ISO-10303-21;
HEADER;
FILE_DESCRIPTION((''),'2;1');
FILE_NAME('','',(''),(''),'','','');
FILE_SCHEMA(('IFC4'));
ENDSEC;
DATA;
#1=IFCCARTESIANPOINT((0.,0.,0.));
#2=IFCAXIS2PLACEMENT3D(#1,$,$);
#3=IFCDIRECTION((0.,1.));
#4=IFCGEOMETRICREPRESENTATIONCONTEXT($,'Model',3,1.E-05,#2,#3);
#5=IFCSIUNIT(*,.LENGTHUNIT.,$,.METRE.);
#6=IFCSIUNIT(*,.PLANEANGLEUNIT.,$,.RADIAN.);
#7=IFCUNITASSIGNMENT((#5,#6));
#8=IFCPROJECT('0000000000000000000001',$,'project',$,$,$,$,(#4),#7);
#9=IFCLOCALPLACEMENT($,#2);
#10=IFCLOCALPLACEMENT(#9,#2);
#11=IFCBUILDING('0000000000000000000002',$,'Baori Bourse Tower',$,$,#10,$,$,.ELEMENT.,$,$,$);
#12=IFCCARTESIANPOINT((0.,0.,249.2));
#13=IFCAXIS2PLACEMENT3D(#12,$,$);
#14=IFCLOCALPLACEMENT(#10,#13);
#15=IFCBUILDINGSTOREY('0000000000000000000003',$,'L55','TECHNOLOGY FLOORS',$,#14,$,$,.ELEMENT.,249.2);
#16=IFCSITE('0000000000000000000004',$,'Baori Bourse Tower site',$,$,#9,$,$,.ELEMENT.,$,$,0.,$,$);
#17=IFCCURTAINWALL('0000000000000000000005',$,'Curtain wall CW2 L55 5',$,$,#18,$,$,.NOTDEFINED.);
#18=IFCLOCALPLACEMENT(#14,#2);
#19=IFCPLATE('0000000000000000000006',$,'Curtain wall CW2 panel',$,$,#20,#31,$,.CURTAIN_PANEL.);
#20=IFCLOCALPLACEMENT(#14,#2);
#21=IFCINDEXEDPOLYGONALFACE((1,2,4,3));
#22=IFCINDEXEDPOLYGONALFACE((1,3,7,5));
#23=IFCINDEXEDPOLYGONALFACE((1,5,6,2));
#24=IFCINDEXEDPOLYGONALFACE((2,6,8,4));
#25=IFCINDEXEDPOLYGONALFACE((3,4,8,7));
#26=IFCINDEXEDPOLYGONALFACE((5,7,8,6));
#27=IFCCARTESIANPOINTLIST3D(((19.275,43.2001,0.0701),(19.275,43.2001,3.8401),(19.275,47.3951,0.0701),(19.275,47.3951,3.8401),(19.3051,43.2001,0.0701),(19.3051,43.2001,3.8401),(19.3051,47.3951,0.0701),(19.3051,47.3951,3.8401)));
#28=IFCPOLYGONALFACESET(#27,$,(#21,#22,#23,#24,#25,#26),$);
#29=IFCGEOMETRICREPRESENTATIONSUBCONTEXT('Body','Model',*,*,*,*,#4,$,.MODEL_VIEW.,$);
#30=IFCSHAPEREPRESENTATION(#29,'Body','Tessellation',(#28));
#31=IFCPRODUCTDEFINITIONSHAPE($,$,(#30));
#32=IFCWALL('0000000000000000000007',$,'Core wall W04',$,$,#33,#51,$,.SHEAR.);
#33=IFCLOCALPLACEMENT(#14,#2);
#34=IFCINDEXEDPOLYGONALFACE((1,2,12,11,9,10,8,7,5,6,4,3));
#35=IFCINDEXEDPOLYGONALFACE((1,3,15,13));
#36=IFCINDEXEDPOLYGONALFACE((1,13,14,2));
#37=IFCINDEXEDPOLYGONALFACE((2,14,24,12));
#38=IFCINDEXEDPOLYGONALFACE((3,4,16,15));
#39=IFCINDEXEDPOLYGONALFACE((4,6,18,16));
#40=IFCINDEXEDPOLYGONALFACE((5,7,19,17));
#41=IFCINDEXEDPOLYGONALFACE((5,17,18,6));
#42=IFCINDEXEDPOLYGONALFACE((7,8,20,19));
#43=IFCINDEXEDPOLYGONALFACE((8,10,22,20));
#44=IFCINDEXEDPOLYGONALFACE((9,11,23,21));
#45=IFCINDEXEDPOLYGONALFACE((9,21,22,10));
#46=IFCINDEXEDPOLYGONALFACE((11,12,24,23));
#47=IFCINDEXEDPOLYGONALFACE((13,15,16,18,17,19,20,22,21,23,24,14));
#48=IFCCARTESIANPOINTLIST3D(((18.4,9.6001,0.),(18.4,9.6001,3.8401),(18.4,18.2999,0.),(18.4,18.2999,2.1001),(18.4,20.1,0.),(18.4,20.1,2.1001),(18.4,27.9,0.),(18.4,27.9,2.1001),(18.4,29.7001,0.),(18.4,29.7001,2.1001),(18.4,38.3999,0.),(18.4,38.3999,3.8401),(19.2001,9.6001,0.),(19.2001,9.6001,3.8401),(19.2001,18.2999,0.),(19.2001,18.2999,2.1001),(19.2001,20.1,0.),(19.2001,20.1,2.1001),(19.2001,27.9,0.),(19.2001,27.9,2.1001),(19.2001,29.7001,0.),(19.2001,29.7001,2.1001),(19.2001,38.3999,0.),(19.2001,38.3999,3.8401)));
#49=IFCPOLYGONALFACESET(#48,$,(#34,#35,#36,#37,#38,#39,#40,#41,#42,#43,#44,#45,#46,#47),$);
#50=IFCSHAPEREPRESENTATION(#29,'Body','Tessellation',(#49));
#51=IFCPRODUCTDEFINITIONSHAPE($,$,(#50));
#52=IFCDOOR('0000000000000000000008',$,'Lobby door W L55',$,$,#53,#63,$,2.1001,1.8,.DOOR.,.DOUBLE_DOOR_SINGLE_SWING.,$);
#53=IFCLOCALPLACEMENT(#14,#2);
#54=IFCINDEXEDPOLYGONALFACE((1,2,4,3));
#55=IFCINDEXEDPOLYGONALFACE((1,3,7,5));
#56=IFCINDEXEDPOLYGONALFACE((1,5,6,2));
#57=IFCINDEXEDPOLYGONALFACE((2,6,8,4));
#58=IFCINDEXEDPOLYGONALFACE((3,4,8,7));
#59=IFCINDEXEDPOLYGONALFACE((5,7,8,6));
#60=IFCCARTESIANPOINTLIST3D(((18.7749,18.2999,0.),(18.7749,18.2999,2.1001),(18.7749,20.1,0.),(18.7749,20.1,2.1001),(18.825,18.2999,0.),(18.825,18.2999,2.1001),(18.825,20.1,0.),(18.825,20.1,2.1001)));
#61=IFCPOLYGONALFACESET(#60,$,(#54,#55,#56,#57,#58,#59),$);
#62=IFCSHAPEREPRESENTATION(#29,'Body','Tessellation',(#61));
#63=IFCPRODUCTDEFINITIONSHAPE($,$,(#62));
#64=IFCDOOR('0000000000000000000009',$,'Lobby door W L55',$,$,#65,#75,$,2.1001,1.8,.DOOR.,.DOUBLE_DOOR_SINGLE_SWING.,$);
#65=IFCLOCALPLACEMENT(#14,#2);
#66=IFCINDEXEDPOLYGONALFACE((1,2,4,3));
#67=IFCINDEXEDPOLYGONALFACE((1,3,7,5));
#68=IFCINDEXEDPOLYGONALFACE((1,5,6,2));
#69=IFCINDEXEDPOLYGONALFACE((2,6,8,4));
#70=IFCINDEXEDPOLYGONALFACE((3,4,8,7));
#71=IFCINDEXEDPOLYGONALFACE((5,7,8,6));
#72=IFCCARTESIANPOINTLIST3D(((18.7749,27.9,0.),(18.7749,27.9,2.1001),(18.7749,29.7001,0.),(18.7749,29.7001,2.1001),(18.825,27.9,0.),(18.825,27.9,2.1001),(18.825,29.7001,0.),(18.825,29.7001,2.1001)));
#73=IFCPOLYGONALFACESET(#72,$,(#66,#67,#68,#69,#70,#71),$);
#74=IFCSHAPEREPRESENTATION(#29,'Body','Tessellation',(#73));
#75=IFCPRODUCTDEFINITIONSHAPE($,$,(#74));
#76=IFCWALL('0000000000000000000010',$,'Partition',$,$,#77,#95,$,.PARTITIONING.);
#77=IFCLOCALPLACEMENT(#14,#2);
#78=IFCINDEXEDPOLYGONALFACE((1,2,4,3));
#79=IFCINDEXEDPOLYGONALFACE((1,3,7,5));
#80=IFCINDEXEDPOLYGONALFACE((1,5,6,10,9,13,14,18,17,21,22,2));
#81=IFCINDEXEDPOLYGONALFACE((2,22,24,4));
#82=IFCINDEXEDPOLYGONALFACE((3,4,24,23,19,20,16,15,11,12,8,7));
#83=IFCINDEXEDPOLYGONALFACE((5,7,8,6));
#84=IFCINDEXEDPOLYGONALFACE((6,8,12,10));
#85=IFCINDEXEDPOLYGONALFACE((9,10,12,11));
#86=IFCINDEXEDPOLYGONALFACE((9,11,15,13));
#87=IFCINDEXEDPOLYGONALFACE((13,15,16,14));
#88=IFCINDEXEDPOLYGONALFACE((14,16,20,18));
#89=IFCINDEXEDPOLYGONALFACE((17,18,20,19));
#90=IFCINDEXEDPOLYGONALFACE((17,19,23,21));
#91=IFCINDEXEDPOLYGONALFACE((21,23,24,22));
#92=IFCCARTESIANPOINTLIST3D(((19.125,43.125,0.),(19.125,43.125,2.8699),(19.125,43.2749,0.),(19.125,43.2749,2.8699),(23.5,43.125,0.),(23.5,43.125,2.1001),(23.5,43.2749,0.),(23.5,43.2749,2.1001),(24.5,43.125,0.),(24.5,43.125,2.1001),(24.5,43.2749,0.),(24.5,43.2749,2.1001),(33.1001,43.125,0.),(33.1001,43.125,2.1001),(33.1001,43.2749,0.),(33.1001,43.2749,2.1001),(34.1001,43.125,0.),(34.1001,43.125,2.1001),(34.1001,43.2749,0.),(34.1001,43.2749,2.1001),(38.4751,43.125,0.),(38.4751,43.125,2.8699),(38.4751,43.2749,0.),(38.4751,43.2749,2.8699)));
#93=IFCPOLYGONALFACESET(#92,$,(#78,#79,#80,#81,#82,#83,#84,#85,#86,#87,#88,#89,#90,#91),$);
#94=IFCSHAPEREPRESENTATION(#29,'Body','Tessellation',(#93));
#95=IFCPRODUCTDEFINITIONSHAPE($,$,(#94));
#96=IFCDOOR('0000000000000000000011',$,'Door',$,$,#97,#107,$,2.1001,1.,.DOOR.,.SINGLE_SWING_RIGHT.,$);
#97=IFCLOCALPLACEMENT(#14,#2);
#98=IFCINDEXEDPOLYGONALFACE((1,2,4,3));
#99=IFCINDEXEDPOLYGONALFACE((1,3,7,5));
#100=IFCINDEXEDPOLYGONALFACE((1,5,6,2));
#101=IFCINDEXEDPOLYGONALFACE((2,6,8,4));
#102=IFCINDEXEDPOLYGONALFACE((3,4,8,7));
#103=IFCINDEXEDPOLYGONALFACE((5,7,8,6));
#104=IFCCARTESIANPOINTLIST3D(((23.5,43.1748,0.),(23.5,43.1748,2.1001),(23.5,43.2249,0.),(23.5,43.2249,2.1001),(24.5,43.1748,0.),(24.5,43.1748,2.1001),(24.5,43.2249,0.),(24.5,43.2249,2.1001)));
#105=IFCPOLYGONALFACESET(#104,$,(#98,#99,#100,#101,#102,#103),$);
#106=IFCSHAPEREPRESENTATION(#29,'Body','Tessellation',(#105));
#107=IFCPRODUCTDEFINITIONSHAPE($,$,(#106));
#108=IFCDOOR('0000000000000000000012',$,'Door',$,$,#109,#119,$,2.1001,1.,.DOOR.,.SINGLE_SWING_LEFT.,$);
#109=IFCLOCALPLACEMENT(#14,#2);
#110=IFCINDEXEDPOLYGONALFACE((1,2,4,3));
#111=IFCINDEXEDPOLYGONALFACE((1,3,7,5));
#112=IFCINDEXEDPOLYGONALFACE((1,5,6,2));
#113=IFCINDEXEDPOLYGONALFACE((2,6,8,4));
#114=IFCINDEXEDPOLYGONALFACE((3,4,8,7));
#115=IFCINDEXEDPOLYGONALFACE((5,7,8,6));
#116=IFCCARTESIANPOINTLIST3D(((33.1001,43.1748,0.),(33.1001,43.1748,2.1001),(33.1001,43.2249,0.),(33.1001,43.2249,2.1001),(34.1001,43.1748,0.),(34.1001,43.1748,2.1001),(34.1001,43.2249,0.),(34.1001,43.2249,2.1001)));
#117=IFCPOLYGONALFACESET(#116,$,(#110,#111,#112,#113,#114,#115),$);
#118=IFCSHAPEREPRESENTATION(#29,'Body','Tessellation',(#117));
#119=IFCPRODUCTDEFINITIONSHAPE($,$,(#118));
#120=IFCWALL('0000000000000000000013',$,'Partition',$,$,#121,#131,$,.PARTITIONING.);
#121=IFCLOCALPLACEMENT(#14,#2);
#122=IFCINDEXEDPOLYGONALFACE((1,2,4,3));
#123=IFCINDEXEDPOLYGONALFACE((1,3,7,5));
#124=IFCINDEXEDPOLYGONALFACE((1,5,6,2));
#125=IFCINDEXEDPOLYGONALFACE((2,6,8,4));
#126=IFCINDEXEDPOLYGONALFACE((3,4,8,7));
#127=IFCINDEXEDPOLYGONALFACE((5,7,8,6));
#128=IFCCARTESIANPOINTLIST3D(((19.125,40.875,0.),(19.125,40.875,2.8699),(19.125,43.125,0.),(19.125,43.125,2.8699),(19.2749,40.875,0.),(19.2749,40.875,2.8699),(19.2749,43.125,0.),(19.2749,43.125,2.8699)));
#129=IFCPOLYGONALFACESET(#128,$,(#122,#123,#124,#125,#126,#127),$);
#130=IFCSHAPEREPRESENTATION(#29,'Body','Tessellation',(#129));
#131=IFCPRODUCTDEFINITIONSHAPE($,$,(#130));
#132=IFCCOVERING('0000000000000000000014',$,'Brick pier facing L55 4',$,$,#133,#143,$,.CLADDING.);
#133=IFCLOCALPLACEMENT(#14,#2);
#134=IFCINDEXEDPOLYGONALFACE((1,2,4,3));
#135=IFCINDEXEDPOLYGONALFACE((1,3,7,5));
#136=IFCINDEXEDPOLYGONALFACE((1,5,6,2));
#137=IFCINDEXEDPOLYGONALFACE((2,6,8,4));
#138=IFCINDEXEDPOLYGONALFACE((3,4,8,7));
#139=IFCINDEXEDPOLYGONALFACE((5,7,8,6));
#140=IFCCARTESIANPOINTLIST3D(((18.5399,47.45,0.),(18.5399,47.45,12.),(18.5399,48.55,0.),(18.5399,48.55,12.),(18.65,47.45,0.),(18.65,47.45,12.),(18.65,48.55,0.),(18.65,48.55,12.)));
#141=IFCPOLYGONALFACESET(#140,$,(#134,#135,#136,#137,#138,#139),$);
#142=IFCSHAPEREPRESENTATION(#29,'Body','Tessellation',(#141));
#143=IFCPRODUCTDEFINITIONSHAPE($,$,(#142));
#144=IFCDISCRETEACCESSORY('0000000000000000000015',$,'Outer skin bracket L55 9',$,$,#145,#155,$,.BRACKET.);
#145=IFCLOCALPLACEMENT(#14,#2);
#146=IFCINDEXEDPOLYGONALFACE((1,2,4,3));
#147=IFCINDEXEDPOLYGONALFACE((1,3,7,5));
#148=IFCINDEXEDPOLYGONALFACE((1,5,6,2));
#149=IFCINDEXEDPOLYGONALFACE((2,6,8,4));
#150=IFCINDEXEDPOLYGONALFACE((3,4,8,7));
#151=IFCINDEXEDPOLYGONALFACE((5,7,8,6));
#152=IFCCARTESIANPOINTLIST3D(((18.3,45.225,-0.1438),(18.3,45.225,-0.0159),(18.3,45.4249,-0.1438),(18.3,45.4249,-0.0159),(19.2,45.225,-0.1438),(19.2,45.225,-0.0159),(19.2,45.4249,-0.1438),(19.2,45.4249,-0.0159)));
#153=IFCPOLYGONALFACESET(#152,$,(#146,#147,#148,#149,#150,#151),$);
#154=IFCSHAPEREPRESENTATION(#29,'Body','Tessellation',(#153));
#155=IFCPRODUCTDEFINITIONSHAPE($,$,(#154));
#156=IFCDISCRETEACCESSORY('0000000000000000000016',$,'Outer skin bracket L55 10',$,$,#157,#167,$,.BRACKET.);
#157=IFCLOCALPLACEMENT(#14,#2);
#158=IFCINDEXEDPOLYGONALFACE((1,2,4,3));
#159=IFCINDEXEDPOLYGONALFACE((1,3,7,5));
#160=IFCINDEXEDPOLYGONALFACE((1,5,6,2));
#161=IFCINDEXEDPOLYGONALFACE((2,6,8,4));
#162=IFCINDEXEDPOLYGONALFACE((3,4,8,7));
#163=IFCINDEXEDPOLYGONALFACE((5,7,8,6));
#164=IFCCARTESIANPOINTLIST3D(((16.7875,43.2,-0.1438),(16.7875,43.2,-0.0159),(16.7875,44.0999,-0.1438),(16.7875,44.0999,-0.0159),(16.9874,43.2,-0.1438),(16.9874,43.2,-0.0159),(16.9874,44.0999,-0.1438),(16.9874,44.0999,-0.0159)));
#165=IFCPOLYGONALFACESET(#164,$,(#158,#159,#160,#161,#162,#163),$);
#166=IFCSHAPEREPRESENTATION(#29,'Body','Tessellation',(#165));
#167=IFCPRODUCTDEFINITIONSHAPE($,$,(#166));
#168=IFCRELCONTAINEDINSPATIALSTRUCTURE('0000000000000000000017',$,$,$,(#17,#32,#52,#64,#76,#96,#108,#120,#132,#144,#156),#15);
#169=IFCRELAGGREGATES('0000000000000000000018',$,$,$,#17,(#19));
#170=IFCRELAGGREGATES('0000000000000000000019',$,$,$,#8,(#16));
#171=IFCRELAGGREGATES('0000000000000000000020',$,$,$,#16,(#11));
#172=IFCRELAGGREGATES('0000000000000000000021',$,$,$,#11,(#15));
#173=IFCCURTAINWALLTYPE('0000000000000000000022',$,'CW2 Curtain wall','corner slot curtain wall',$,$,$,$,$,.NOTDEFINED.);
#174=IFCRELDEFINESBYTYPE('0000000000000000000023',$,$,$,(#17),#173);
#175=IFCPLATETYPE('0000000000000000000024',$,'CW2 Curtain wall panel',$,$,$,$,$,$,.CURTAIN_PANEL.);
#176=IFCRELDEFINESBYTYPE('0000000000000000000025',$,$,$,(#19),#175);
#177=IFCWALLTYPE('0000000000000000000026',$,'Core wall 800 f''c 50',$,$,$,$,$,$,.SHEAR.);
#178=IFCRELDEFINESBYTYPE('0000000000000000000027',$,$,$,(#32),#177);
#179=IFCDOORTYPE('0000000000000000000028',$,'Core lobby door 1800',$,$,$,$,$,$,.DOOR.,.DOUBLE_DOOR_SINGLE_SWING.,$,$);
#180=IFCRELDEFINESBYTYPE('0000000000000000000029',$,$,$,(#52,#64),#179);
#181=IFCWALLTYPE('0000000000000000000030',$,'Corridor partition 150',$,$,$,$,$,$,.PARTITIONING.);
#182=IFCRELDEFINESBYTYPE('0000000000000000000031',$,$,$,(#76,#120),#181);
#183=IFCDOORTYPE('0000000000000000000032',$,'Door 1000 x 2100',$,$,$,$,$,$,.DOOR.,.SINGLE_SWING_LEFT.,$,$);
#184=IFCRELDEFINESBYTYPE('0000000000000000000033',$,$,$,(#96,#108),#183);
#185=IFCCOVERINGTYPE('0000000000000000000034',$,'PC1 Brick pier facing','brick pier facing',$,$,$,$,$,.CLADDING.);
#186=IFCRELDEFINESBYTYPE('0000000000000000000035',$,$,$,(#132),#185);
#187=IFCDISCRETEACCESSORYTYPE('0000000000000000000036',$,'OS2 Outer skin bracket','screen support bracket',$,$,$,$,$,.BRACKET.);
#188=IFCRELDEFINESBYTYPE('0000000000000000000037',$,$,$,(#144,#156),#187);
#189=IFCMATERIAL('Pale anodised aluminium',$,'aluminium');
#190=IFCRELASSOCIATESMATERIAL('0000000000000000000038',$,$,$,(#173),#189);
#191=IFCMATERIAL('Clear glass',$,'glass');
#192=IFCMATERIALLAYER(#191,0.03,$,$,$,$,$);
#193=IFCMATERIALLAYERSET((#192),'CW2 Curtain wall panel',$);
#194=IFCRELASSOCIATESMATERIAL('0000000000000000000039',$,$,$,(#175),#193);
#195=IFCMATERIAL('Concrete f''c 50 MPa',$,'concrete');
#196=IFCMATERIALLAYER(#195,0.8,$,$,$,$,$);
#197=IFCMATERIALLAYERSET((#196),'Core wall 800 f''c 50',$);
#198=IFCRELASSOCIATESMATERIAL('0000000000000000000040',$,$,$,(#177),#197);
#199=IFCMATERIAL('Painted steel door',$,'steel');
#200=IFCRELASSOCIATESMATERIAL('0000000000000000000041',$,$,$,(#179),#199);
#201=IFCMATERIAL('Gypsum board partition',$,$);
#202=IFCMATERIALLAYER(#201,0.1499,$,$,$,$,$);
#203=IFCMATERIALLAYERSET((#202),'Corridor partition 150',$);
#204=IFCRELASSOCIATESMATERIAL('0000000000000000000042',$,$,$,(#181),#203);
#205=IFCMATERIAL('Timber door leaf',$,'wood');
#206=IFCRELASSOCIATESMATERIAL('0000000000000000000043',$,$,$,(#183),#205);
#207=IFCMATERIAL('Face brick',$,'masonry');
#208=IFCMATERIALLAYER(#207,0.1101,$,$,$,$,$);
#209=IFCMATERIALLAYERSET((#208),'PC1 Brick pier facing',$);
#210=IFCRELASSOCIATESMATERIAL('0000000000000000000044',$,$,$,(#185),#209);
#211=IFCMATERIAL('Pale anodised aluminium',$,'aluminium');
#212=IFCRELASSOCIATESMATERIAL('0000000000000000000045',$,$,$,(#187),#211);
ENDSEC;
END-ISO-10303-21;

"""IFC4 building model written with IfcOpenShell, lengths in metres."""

from ifc_helpers import new_model, si_unit, direction, frame, frame_2d, origin, origin_2d, place, context, subcontext, project, spatial, rectangle, extrude, material, layer, layer_set, type_object, element, fill, aggregate, save


model = new_model("IFC4")

# Units and contexts
model_context = context("Model", 3, precision=1e-05, world=origin(), true_north=direction((0.0, 1.0)))
body_context = subcontext(model_context, "Body", "Model", "MODEL_VIEW")
ifc_project = project(units=[si_unit("LENGTHUNIT", "METRE"), si_unit("PLANEANGLEUNIT", "RADIAN")], contexts=[model_context])

# Site, building, storey
site_placement = place(None, origin())
site = spatial("IfcSite", under=ifc_project, at=site_placement, Name="Baori Bourse Tower site", CompositionType="ELEMENT", RefElevation=0.0)
building_placement = place(site_placement, origin())
building = spatial("IfcBuilding", under=site, at=building_placement, Name="Baori Bourse Tower", CompositionType="ELEMENT")
storey_placement = place(building_placement, frame((0.0, 0.0, 249.2)))
storey = spatial("IfcBuildingStorey", under=building, at=storey_placement, Name="L55", Description="TECHNOLOGY FLOORS", CompositionType="ELEMENT", Elevation=249.2)

# Curtain wall
ifc_material_1 = material(Name="Pale anodised aluminium", Category="aluminium")
curtain_wall_type = type_object("IfcCurtainWallType", Name="CW2 Curtain wall", Description="corner slot curtain wall", PredefinedType="NOTDEFINED", material=ifc_material_1)
curtain_wall_1_placement = place(storey_placement, origin())
curtain_wall_1 = element("IfcCurtainWall", 1, at=curtain_wall_1_placement, inside=storey, type_object=curtain_wall_type, Name="Curtain wall CW2 L55 5", PredefinedType="NOTDEFINED")

# Plate
ifc_material_2 = material(Name="Clear glass", Category="glass")
ifc_layer_1 = layer(ifc_material_2, 0.03)
ifc_layer_set_1 = layer_set([ifc_layer_1], Name="CW2 Curtain wall panel")
plate_type = type_object("IfcPlateType", Name="CW2 Curtain wall panel", PredefinedType="CURTAIN_PANEL", material=ifc_layer_set_1)
plate_placement = place(storey_placement, frame((19.29, 45.2976, 0.0701), z_axis=(0.0, 0.0, 1.0), x_axis=(0.0, -1.0, 0.0)))
plate = element("IfcPlate", 2, at=plate_placement, type_object=plate_type, Name="Curtain wall CW2 panel", PredefinedType="CURTAIN_PANEL", context=body_context, shape_type="SweptSolid", body=[
    extrude(rectangle(XDim=4.1951, YDim=0.03, at=origin_2d()), origin(), (0.0, 0.0, 1.0), 3.77),
])
aggregate(curtain_wall_1, [plate])

# Walls, openings, doors
ifc_material_3 = material(Name="Concrete f'c 50 MPa", Category="concrete")
ifc_layer_2 = layer(ifc_material_3, 0.8)
ifc_layer_set_2 = layer_set([ifc_layer_2], Name="Core wall 800 f'c 50")
wall_type_1 = type_object("IfcWallType", Name="Core wall 800 f'c 50", PredefinedType="SHEAR", material=ifc_layer_set_2)
wall_1_placement = place(storey_placement, frame((18.8, 38.3999, 0.0), z_axis=(0.0, 0.0, 1.0), x_axis=(0.0, -1.0, 0.0)))
wall_1 = element("IfcWall", 3, at=wall_1_placement, inside=storey, type_object=wall_type_1, Name="Core wall W04", PredefinedType="SHEAR", context=body_context, shape_type="SweptSolid", body=[
    extrude(rectangle(XDim=28.7998, YDim=0.8, at=frame_2d((14.3999, 0.0))), origin(), (0.0, 0.0, 1.0), 3.8401),
])
opening_1_placement = place(wall_1_placement, frame((18.3, 0.0, 0.0)))
opening_1 = element("IfcOpeningElement", 4, at=opening_1_placement, cuts=wall_1, PredefinedType="OPENING", context=body_context, shape_type="SweptSolid", body=[
    extrude(rectangle(XDim=1.8, YDim=2.1001, at=frame_2d((0.8999, 1.05))), frame((0.0, 0.4099, 0.0), z_axis=(0.0, -1.0, 0.0), x_axis=(1.0, 0.0, 0.0)), (0.0, 0.0, 1.0), 0.8201),
])
opening_2_placement = place(wall_1_placement, frame((8.7, 0.0, 0.0)))
opening_2 = element("IfcOpeningElement", 5, at=opening_2_placement, cuts=wall_1, PredefinedType="OPENING", context=body_context, shape_type="SweptSolid", body=[
    extrude(rectangle(XDim=1.8, YDim=2.1001, at=frame_2d((0.8999, 1.05))), frame((0.0, 0.4099, 0.0), z_axis=(0.0, -1.0, 0.0), x_axis=(1.0, 0.0, 0.0)), (0.0, 0.0, 1.0), 0.8201),
])
ifc_material_4 = material(Name="Painted steel door", Category="steel")
door_type_1 = type_object("IfcDoorType", Name="Core lobby door 1800", OperationType="DOUBLE_DOOR_SINGLE_SWING", PredefinedType="DOOR", material=ifc_material_4)
door_1_placement = place(opening_1_placement, origin())
door_1 = element("IfcDoor", 6, at=door_1_placement, inside=storey, type_object=door_type_1, Name="Lobby door W L55", OperationType="DOUBLE_DOOR_SINGLE_SWING", OverallHeight=2.1001, OverallWidth=1.8, PredefinedType="DOOR", context=body_context, shape_type="SweptSolid", body=[
    extrude(rectangle(XDim=1.8, YDim=2.1001, at=frame_2d((0.8999, 1.05))), frame((0.0, 0.0249, 0.0), z_axis=(0.0, -1.0, 0.0), x_axis=(1.0, 0.0, 0.0)), (0.0, 0.0, 1.0), 0.05),
])
fill(opening_1, door_1)
door_2_placement = place(opening_2_placement, origin())
door_2 = element("IfcDoor", 7, at=door_2_placement, inside=storey, type_object=door_type_1, Name="Lobby door W L55", OperationType="DOUBLE_DOOR_SINGLE_SWING", OverallHeight=2.1001, OverallWidth=1.8, PredefinedType="DOOR", context=body_context, shape_type="SweptSolid", body=[
    extrude(rectangle(XDim=1.8, YDim=2.1001, at=frame_2d((0.8999, 1.05))), frame((0.0, 0.0249, 0.0), z_axis=(0.0, -1.0, 0.0), x_axis=(1.0, 0.0, 0.0)), (0.0, 0.0, 1.0), 0.05),
])
fill(opening_2, door_2)
ifc_material_5 = material(Name="Gypsum board partition")
ifc_layer_3 = layer(ifc_material_5, 0.1499)
ifc_layer_set_3 = layer_set([ifc_layer_3], Name="Corridor partition 150")
wall_type_2 = type_object("IfcWallType", Name="Corridor partition 150", PredefinedType="PARTITIONING", material=ifc_layer_set_3)
wall_2_placement = place(storey_placement, frame((19.125, 43.2, 0.0), z_axis=(0.0, 0.0, 1.0), x_axis=(1.0, 0.0, 0.0)))
wall_2 = element("IfcWall", 8, at=wall_2_placement, inside=storey, type_object=wall_type_2, Name="Partition", PredefinedType="PARTITIONING", context=body_context, shape_type="SweptSolid", body=[
    extrude(rectangle(XDim=19.3501, YDim=0.1499, at=frame_2d((9.675, 0.0))), origin(), (0.0, 0.0, 1.0), 2.8699),
])
opening_3_placement = place(wall_2_placement, frame((4.375, 0.0, 0.0)))
opening_3 = element("IfcOpeningElement", 9, at=opening_3_placement, cuts=wall_2, PredefinedType="OPENING", context=body_context, shape_type="SweptSolid", body=[
    extrude(rectangle(XDim=1.0, YDim=2.1001, at=frame_2d((0.5, 1.05))), frame((0.0, 0.085, 0.0), z_axis=(0.0, -1.0, 0.0), x_axis=(1.0, 0.0, 0.0)), (0.0, 0.0, 1.0), 0.1699),
])
opening_4_placement = place(wall_2_placement, frame((13.9751, 0.0, 0.0)))
opening_4 = element("IfcOpeningElement", 10, at=opening_4_placement, cuts=wall_2, PredefinedType="OPENING", context=body_context, shape_type="SweptSolid", body=[
    extrude(rectangle(XDim=1.0, YDim=2.1001, at=frame_2d((0.5, 1.05))), frame((0.0, 0.085, 0.0), z_axis=(0.0, -1.0, 0.0), x_axis=(1.0, 0.0, 0.0)), (0.0, 0.0, 1.0), 0.1699),
])
ifc_material_6 = material(Name="Timber door leaf", Category="wood")
door_type_2 = type_object("IfcDoorType", Name="Door 1000 x 2100", OperationType="SINGLE_SWING_LEFT", PredefinedType="DOOR", material=ifc_material_6)
door_3_placement = place(opening_3_placement, origin())
door_3 = element("IfcDoor", 11, at=door_3_placement, inside=storey, type_object=door_type_2, Name="Door", OperationType="SINGLE_SWING_RIGHT", OverallHeight=2.1001, OverallWidth=1.0, PredefinedType="DOOR", context=body_context, shape_type="SweptSolid", body=[
    extrude(rectangle(XDim=1.0, YDim=2.1001, at=frame_2d((0.5, 1.05))), frame((0.0, 0.0249, 0.0), z_axis=(0.0, -1.0, 0.0), x_axis=(1.0, 0.0, 0.0)), (0.0, 0.0, 1.0), 0.05),
])
fill(opening_3, door_3)
door_4_placement = place(opening_4_placement, origin())
door_4 = element("IfcDoor", 12, at=door_4_placement, inside=storey, type_object=door_type_2, Name="Door", OperationType="SINGLE_SWING_LEFT", OverallHeight=2.1001, OverallWidth=1.0, PredefinedType="DOOR", context=body_context, shape_type="SweptSolid", body=[
    extrude(rectangle(XDim=1.0, YDim=2.1001, at=frame_2d((0.5, 1.05))), frame((0.0, 0.0249, 0.0), z_axis=(0.0, -1.0, 0.0), x_axis=(1.0, 0.0, 0.0)), (0.0, 0.0, 1.0), 0.05),
])
fill(opening_4, door_4)

# Wall
wall_3_placement = place(storey_placement, frame((19.2, 40.875, 0.0), z_axis=(0.0, 0.0, 1.0), x_axis=(0.0, 1.0, 0.0)))
element("IfcWall", 13, at=wall_3_placement, inside=storey, type_object=wall_type_2, Name="Partition", PredefinedType="PARTITIONING", context=body_context, shape_type="SweptSolid", body=[
    extrude(rectangle(XDim=2.25, YDim=0.1499, at=frame_2d((1.125, 0.0))), origin(), (0.0, 0.0, 1.0), 2.8699),
])

# Covering
ifc_material_7 = material(Name="Face brick", Category="masonry")
ifc_layer_4 = layer(ifc_material_7, 0.1101)
ifc_layer_set_4 = layer_set([ifc_layer_4], Name="PC1 Brick pier facing")
covering_type = type_object("IfcCoveringType", Name="PC1 Brick pier facing", Description="brick pier facing", PredefinedType="CLADDING", material=ifc_layer_set_4)
covering_placement = place(storey_placement, frame((18.595, 48.0, 0.0), z_axis=(0.0, 0.0, 1.0), x_axis=(1.0, 0.0, 0.0)))
element("IfcCovering", 14, at=covering_placement, inside=storey, type_object=covering_type, Name="Brick pier facing L55 4", PredefinedType="CLADDING", context=body_context, shape_type="SweptSolid", body=[
    extrude(rectangle(XDim=0.1101, YDim=1.1001, at=origin_2d()), origin(), (0.0, 0.0, 1.0), 12.0),
])

# Discrete accessories
ifc_material_8 = material(Name="Pale anodised aluminium", Category="aluminium")
discrete_accessory_type = type_object("IfcDiscreteAccessoryType", Name="OS2 Outer skin bracket", Description="screen support bracket", PredefinedType="BRACKET", material=ifc_material_8)
for number, where, z_axis, x_axis, name in (
    (15, (18.75, 45.325, -0.1438), (0.0, 0.0, 1.0), (0.0, -1.0, 0.0), "Outer skin bracket L55 9"),
    (16, (16.8875, 43.6499, -0.1438), (0.0, 0.0, 1.0), (-1.0, 0.0, 0.0), "Outer skin bracket L55 10"),
):
    element("IfcDiscreteAccessory", number, at=place(storey_placement, frame(where, z_axis=z_axis, x_axis=x_axis)), inside=storey, type_object=discrete_accessory_type, Name=name, PredefinedType="BRACKET", context=body_context, shape_type="SweptSolid", body=[
        extrude(rectangle(XDim=0.2, YDim=0.8999, at=origin_2d()), origin(), (0.0, 0.0, 1.0), 0.1279),
    ])

save(model, "model.ifc")
